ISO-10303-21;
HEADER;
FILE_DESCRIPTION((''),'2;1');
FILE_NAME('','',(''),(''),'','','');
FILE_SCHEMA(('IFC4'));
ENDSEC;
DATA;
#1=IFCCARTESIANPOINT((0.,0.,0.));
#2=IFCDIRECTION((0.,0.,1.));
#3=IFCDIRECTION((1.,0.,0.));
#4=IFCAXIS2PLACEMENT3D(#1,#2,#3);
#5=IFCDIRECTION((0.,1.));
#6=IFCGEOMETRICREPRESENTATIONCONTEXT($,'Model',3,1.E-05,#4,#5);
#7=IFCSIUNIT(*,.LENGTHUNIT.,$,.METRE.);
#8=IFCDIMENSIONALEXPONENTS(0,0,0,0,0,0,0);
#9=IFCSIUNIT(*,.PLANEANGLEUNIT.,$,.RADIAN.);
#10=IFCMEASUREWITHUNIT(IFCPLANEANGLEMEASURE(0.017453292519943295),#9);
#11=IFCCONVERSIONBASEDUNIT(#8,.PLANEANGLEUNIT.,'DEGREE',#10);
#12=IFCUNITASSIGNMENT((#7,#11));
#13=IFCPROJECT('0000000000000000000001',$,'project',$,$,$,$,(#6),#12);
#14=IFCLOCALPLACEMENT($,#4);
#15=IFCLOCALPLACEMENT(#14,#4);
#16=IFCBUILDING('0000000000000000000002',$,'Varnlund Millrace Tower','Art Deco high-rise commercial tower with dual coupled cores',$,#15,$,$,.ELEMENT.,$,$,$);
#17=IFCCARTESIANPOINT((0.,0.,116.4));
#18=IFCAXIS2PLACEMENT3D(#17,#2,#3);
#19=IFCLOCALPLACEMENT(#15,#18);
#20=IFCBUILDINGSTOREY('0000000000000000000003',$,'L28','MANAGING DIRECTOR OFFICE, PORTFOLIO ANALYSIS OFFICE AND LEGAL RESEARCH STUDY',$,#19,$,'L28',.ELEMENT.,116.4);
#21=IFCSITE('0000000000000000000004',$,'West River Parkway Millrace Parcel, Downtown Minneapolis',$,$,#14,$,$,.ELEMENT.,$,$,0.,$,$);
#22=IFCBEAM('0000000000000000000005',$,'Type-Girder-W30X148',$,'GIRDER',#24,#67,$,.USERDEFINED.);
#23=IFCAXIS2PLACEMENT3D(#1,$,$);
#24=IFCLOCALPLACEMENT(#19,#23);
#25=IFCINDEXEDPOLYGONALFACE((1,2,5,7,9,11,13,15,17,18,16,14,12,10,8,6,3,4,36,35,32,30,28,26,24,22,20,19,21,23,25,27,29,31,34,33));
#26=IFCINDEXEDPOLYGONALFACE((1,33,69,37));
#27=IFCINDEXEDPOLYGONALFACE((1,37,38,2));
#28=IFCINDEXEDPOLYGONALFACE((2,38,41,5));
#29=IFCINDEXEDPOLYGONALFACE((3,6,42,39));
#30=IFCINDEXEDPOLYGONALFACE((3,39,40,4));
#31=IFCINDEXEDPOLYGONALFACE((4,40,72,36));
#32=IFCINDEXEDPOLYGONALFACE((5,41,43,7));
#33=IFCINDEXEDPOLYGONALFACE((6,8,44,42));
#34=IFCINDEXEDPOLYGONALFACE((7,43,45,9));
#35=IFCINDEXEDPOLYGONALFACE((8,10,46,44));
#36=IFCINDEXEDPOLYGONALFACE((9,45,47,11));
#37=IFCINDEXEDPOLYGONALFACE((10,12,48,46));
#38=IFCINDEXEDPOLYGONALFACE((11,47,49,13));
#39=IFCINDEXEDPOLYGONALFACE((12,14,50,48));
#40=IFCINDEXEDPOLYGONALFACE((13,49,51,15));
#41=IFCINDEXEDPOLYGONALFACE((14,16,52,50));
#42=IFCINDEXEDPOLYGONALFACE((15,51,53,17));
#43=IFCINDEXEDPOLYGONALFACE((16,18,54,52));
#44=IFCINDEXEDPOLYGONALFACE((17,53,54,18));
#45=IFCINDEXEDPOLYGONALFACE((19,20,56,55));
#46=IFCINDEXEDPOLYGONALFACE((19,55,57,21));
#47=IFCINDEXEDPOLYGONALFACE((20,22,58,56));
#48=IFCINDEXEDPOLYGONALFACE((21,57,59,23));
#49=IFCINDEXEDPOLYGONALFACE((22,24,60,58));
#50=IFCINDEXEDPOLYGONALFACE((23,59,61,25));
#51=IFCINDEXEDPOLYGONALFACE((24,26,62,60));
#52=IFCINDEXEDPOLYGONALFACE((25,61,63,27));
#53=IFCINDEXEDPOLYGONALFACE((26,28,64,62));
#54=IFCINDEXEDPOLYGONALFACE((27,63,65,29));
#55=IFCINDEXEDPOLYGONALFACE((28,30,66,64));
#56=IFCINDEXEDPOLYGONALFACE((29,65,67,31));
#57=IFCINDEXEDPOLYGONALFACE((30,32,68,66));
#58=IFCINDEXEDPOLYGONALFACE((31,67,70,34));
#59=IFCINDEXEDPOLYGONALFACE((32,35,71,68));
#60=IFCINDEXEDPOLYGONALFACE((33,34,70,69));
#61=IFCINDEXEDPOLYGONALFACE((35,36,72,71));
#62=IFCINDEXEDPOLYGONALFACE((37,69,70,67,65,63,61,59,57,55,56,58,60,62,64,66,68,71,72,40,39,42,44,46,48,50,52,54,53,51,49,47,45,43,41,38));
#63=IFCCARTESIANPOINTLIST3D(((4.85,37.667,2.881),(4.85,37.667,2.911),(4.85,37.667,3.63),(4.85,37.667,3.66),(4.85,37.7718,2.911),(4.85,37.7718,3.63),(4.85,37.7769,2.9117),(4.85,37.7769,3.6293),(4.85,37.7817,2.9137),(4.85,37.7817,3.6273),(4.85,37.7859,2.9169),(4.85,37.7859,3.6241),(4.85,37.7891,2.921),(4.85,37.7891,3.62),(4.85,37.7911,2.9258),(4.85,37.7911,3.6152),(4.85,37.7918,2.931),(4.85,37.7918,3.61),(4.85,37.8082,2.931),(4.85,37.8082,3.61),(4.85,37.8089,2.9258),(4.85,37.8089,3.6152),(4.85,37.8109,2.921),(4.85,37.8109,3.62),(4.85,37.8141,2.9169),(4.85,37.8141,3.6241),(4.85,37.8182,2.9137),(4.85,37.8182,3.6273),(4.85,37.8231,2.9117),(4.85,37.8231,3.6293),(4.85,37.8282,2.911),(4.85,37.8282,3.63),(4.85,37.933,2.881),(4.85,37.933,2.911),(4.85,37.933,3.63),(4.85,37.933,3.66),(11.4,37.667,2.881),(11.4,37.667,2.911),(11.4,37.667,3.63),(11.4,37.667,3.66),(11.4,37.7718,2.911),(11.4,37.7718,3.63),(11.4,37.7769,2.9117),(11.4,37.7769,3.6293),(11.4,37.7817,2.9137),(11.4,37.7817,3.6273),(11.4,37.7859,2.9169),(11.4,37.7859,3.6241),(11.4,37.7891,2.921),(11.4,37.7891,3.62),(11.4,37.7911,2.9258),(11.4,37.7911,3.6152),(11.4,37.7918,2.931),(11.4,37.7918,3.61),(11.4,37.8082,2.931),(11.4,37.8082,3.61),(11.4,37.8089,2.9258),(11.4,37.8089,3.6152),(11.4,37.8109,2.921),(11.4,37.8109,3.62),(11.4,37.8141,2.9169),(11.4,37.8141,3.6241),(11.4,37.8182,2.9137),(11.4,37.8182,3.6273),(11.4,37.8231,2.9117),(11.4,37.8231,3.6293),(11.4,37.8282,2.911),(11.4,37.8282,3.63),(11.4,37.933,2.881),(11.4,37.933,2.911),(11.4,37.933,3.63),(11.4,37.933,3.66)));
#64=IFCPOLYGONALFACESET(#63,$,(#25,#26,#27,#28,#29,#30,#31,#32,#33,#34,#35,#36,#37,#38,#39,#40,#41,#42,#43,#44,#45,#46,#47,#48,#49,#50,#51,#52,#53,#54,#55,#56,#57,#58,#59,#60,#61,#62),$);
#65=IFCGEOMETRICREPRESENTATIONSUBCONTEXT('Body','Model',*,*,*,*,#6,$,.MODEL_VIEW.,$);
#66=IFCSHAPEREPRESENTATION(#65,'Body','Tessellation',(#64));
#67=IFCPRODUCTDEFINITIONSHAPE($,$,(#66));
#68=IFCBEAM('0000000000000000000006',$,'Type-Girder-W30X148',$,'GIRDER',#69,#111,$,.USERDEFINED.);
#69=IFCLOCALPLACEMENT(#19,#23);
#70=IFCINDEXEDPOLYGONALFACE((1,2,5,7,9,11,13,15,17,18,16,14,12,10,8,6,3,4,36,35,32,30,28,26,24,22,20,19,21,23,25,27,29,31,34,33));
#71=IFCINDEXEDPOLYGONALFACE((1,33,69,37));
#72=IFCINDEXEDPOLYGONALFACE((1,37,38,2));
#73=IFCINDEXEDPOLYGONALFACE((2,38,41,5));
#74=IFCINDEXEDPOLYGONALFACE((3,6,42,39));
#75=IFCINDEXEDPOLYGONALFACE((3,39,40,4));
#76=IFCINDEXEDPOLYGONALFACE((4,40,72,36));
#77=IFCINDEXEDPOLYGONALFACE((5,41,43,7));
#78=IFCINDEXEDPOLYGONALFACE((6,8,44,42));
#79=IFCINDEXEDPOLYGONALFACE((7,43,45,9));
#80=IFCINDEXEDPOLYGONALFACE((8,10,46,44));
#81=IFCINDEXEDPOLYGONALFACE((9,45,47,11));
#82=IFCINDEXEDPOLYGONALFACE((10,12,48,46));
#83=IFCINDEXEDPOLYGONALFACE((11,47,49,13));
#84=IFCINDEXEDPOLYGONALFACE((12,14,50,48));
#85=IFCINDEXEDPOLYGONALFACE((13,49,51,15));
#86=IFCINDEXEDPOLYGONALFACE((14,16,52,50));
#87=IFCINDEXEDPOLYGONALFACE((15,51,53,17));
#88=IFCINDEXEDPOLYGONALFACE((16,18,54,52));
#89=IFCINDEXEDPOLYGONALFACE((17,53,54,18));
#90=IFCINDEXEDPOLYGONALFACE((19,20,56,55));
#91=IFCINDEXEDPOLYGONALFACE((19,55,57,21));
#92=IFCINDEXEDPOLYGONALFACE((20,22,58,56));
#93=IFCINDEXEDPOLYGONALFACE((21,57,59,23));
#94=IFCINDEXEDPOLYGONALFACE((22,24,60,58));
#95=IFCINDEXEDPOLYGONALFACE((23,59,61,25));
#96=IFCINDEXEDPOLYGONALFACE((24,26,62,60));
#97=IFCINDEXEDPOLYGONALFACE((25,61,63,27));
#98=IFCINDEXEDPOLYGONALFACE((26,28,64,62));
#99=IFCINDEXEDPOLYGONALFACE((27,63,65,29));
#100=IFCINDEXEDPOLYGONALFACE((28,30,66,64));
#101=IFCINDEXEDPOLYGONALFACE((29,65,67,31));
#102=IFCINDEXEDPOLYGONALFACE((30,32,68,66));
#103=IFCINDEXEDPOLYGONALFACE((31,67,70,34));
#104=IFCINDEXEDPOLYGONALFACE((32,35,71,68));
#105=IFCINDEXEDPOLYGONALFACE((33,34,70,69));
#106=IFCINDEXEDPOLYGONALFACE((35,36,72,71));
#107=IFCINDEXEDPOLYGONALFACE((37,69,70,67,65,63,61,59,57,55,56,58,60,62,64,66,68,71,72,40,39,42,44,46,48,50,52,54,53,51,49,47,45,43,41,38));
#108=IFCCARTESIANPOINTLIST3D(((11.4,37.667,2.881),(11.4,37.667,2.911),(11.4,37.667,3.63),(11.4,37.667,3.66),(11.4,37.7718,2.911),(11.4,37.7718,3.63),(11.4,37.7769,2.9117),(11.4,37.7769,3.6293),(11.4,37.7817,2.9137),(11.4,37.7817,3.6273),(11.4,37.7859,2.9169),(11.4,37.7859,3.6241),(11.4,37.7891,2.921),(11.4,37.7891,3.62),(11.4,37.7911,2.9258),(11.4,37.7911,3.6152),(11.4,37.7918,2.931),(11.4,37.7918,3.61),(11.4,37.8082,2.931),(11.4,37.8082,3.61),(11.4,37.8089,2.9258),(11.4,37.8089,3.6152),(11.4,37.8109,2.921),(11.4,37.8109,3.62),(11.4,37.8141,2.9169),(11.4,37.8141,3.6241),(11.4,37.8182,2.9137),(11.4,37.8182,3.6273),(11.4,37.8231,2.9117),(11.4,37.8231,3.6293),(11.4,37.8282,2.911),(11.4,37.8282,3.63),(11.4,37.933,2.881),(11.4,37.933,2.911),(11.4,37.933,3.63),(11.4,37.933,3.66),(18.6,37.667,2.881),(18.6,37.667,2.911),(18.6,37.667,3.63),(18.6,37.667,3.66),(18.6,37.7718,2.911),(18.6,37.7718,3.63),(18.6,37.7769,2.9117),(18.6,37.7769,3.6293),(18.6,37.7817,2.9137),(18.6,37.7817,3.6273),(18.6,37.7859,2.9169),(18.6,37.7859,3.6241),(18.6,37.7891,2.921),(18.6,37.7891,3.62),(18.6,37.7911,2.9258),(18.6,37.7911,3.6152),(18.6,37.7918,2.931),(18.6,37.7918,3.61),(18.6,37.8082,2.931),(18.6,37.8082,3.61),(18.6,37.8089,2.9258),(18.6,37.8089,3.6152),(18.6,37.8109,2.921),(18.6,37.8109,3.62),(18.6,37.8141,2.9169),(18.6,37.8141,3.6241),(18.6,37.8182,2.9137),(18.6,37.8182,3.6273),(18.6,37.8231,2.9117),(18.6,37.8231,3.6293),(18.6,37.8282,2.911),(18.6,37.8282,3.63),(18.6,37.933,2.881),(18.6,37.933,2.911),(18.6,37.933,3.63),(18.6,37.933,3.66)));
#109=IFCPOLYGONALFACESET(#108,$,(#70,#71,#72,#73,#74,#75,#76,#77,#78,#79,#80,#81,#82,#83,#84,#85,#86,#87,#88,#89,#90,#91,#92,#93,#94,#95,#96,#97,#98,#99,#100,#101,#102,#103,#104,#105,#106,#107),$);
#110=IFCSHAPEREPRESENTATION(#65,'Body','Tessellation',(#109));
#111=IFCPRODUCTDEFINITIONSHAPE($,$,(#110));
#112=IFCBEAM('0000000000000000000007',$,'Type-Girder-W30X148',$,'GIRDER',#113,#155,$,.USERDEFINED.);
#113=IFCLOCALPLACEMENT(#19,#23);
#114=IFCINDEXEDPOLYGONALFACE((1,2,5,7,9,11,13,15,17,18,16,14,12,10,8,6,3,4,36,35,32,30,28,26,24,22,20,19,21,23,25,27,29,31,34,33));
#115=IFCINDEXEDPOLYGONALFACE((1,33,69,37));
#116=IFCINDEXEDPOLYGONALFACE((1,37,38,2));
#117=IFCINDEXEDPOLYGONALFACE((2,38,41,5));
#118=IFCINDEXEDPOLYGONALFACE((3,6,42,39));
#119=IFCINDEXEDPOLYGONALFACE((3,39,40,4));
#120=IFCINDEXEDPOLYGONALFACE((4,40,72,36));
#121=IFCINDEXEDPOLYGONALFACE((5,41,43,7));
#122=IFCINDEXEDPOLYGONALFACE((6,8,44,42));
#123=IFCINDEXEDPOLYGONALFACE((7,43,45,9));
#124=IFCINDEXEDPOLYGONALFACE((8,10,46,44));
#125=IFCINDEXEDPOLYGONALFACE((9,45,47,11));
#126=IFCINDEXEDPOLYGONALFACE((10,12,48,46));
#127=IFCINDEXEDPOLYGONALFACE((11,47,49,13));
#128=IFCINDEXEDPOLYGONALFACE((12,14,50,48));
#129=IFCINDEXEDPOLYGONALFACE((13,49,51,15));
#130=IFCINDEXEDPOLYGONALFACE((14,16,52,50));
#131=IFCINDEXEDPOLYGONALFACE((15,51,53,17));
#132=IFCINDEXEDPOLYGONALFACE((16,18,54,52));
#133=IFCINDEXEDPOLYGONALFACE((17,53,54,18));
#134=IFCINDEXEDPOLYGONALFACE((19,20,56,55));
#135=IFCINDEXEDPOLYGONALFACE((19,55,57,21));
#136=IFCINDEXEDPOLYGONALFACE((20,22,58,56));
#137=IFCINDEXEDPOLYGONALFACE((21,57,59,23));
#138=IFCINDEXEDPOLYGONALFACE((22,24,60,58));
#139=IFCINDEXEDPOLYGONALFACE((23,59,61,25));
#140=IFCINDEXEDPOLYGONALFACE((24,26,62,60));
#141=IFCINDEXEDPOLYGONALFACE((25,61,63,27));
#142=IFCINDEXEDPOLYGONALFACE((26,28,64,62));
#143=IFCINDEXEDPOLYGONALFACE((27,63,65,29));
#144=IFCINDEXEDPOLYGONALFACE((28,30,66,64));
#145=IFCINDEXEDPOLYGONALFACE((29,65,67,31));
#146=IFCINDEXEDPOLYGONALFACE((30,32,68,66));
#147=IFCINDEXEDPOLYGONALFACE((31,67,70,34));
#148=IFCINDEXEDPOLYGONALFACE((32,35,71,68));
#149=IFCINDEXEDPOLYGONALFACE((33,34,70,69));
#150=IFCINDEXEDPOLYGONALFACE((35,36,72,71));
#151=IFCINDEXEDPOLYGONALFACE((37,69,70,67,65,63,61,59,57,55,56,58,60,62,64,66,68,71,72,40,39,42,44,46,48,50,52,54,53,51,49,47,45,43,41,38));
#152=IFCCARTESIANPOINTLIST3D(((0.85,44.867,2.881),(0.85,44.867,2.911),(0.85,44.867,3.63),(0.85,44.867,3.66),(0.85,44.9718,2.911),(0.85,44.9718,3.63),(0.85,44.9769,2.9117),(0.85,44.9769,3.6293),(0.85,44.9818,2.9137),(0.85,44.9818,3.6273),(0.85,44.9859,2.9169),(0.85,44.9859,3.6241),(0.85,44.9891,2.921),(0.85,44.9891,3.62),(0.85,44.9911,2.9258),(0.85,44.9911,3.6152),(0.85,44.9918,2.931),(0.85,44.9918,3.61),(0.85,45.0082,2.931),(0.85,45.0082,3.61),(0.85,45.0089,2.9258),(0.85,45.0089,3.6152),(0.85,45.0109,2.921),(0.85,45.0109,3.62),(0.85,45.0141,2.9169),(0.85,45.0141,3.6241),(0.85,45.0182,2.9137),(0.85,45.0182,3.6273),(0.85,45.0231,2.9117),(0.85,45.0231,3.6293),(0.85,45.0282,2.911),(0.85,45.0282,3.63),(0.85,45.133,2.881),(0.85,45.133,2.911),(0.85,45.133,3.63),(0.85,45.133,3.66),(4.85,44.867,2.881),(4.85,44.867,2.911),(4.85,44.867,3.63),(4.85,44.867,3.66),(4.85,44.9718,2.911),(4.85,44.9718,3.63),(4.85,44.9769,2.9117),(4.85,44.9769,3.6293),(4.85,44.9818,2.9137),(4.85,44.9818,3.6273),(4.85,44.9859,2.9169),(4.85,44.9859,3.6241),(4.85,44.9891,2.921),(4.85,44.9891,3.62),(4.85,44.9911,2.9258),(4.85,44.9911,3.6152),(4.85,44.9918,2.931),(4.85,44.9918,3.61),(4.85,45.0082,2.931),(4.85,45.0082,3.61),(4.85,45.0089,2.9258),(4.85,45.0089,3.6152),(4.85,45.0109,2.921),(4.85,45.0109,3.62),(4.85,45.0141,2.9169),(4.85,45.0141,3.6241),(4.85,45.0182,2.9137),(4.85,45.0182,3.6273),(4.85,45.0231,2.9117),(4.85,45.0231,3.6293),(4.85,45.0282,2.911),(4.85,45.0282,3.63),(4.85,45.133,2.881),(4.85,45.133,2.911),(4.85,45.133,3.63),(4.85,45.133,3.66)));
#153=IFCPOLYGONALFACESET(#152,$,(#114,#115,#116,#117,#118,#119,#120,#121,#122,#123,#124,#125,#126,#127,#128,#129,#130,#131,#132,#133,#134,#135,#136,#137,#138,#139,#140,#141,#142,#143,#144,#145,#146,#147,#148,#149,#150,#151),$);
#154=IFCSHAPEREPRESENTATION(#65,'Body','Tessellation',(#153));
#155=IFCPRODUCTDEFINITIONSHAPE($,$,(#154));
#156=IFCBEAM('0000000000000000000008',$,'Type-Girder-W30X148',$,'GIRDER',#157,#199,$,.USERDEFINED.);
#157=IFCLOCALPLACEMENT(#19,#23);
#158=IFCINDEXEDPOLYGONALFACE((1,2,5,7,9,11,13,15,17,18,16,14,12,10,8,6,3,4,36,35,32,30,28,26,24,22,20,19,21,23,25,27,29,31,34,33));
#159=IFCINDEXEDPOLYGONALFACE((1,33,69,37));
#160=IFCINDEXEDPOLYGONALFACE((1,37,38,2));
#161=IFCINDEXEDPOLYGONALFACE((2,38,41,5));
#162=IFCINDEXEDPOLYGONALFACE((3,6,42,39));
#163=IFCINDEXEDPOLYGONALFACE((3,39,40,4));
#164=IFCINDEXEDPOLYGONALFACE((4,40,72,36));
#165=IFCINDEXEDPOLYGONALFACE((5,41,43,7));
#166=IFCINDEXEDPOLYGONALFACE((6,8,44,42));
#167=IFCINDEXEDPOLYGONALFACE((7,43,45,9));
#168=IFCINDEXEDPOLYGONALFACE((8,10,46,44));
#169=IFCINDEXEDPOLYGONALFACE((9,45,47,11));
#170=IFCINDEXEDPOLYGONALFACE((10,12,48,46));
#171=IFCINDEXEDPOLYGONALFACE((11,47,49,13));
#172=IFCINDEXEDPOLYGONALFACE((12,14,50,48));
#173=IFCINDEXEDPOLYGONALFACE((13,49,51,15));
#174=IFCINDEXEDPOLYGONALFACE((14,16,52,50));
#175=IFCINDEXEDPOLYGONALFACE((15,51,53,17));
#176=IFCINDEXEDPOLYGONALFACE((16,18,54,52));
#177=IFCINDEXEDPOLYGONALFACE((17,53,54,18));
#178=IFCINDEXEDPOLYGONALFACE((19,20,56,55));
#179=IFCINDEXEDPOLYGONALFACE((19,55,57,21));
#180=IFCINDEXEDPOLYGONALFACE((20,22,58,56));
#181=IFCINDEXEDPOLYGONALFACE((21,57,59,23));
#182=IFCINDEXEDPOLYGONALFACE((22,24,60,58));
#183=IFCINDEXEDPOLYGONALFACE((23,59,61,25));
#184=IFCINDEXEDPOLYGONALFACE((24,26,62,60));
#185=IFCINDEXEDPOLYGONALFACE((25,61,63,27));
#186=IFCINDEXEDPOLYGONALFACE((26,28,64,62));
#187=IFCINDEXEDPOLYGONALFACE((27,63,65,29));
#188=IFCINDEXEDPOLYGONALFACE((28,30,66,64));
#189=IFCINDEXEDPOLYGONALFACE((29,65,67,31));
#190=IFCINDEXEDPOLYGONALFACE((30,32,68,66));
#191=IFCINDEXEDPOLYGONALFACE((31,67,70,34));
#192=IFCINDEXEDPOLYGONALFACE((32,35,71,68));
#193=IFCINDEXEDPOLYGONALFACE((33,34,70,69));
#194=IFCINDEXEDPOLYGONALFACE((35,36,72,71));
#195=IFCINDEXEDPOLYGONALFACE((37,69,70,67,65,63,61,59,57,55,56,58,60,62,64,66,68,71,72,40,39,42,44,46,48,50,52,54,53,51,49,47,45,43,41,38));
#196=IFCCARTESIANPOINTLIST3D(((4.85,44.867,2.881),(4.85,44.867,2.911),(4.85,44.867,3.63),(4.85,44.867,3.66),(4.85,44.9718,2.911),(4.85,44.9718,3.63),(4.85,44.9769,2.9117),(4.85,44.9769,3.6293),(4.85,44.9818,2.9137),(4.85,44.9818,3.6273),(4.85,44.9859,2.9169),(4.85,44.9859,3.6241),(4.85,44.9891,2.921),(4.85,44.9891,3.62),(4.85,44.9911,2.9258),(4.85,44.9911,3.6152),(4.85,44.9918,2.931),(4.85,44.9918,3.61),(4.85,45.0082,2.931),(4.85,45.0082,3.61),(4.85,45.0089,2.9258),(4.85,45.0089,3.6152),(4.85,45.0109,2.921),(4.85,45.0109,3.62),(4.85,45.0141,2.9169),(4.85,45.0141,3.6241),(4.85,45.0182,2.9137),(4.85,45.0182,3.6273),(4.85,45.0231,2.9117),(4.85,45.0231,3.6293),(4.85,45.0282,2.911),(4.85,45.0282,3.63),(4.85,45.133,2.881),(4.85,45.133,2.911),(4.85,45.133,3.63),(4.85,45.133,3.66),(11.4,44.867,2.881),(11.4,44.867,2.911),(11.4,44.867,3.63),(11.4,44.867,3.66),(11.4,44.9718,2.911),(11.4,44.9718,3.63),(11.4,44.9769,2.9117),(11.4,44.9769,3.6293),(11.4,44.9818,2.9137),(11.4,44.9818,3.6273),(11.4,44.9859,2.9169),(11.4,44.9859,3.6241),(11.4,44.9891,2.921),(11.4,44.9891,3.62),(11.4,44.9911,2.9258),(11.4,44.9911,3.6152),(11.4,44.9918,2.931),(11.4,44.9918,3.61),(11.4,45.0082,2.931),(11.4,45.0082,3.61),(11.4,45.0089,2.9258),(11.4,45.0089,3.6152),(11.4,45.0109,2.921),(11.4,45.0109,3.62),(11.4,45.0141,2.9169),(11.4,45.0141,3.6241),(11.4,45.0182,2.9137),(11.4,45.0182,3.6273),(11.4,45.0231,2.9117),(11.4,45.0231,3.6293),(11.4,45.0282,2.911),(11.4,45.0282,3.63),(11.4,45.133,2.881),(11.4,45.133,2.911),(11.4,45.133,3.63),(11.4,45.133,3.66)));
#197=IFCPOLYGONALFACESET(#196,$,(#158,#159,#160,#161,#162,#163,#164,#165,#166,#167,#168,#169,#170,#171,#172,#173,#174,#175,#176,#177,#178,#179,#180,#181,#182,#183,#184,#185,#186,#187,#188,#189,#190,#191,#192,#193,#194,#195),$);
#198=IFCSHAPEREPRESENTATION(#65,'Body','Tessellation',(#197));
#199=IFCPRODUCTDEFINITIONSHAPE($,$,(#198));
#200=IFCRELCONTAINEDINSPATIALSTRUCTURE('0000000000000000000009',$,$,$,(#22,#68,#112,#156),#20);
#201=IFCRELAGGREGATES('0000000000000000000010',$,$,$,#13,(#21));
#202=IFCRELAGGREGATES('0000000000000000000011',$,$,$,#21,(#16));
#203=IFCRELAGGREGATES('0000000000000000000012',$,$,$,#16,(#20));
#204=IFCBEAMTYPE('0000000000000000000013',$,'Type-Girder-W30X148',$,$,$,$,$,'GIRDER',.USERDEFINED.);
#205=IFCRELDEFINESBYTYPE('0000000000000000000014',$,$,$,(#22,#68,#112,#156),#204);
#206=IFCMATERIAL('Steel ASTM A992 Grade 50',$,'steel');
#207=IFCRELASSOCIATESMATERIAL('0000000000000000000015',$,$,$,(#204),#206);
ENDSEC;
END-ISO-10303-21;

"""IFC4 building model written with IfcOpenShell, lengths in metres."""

from ifc_helpers import new_model, entity, si_unit, converted_unit, direction, frame, origin_with_axes, origin_2d_with_axis, place, context, subcontext, project, spatial, i_section, extrude, material, material_profile, profile_set, type_object, element, save


model = new_model("IFC4")

# Units and contexts
model_context = context("Model", 3, precision=1e-05, world=origin_with_axes(), true_north=direction((0.0, 1.0)))
body_context = subcontext(model_context, "Body", "Model", "MODEL_VIEW")
ifc_project = project(units=[si_unit("LENGTHUNIT", "METRE"), converted_unit("PLANEANGLEUNIT", "DEGREE", entity("IfcPlaneAngleMeasure", 0.017453292519943295), si_unit("PLANEANGLEUNIT", "RADIAN"), dimensions=[0, 0, 0, 0, 0, 0, 0])], contexts=[model_context])

# Site, building, storey
site_placement = place(None, origin_with_axes())
site = spatial("IfcSite", under=ifc_project, at=site_placement, Name="West River Parkway Millrace Parcel, Downtown Minneapolis", CompositionType="ELEMENT", RefElevation=0.0)
building_placement = place(site_placement, origin_with_axes())
building = spatial("IfcBuilding", under=site, at=building_placement, Name="Varnlund Millrace Tower", Description="Art Deco high-rise commercial tower with dual coupled cores", CompositionType="ELEMENT")
storey_placement = place(building_placement, frame((0.0, 0.0, 116.4), z_axis=(0.0, 0.0, 1.0), x_axis=(1.0, 0.0, 0.0)))
storey = spatial("IfcBuildingStorey", under=building, at=storey_placement, Name="L28", Description="MANAGING DIRECTOR OFFICE, PORTFOLIO ANALYSIS OFFICE AND LEGAL RESEARCH STUDY", LongName="L28", CompositionType="ELEMENT", Elevation=116.4)

# Beams
ifc_material_1 = material(Name="Steel ASTM A992 Grade 50", Category="steel")
ifc_material_profile_1 = material_profile(ifc_material_1, i_section(OverallWidth=0.266, OverallDepth=0.779, WebThickness=0.0165, FlangeThickness=0.03, FilletRadius=0.02, at=origin_2d_with_axis()), Name="Steel ASTM A992 Grade 50")
ifc_profile_set_1 = profile_set([ifc_material_profile_1], Name="Steel ASTM A992 Grade 50")
beam_type_1 = type_object("IfcBeamType", Name="Type-Girder-W30X148", ElementType="GIRDER", PredefinedType="USERDEFINED", material=ifc_profile_set_1)
beam_1_placement = place(storey_placement, frame((4.85, 37.8, 3.2705), z_axis=(1.0, 0.0, 0.0), x_axis=(0.0, 1.0, 0.0)))
element("IfcBeam", 1, at=beam_1_placement, inside=storey, type_object=beam_type_1, Name="Type-Girder-W30X148", ObjectType="GIRDER", PredefinedType="USERDEFINED", context=body_context, shape_type="SweptSolid", body=[
    extrude(i_section(OverallWidth=0.266, OverallDepth=0.779, WebThickness=0.0165, FlangeThickness=0.03, FilletRadius=0.02, at=origin_2d_with_axis()), origin_with_axes(), (0.0, 0.0, 1.0), 6.55),
])
beam_2_placement = place(storey_placement, frame((11.4, 37.8, 3.2705), z_axis=(1.0, 0.0, 0.0), x_axis=(0.0, 1.0, 0.0)))
element("IfcBeam", 2, at=beam_2_placement, inside=storey, type_object=beam_type_1, Name="Type-Girder-W30X148", ObjectType="GIRDER", PredefinedType="USERDEFINED", context=body_context, shape_type="SweptSolid", body=[
    extrude(i_section(OverallWidth=0.266, OverallDepth=0.779, WebThickness=0.0165, FlangeThickness=0.03, FilletRadius=0.02, at=origin_2d_with_axis()), origin_with_axes(), (0.0, 0.0, 1.0), 7.2),
])
beam_3_placement = place(storey_placement, frame((0.85, 45.0, 3.2705), z_axis=(1.0, 0.0, 0.0), x_axis=(0.0, 1.0, 0.0)))
element("IfcBeam", 3, at=beam_3_placement, inside=storey, type_object=beam_type_1, Name="Type-Girder-W30X148", ObjectType="GIRDER", PredefinedType="USERDEFINED", context=body_context, shape_type="SweptSolid", body=[
    extrude(i_section(OverallWidth=0.266, OverallDepth=0.779, WebThickness=0.0165, FlangeThickness=0.03, FilletRadius=0.02, at=origin_2d_with_axis()), origin_with_axes(), (0.0, 0.0, 1.0), 4.0),
])
beam_4_placement = place(storey_placement, frame((4.85, 45.0, 3.2705), z_axis=(1.0, 0.0, 0.0), x_axis=(0.0, 1.0, 0.0)))
element("IfcBeam", 4, at=beam_4_placement, inside=storey, type_object=beam_type_1, Name="Type-Girder-W30X148", ObjectType="GIRDER", PredefinedType="USERDEFINED", context=body_context, shape_type="SweptSolid", body=[
    extrude(i_section(OverallWidth=0.266, OverallDepth=0.779, WebThickness=0.0165, FlangeThickness=0.03, FilletRadius=0.02, at=origin_2d_with_axis()), origin_with_axes(), (0.0, 0.0, 1.0), 6.55),
])

save(model, "model.ifc")
